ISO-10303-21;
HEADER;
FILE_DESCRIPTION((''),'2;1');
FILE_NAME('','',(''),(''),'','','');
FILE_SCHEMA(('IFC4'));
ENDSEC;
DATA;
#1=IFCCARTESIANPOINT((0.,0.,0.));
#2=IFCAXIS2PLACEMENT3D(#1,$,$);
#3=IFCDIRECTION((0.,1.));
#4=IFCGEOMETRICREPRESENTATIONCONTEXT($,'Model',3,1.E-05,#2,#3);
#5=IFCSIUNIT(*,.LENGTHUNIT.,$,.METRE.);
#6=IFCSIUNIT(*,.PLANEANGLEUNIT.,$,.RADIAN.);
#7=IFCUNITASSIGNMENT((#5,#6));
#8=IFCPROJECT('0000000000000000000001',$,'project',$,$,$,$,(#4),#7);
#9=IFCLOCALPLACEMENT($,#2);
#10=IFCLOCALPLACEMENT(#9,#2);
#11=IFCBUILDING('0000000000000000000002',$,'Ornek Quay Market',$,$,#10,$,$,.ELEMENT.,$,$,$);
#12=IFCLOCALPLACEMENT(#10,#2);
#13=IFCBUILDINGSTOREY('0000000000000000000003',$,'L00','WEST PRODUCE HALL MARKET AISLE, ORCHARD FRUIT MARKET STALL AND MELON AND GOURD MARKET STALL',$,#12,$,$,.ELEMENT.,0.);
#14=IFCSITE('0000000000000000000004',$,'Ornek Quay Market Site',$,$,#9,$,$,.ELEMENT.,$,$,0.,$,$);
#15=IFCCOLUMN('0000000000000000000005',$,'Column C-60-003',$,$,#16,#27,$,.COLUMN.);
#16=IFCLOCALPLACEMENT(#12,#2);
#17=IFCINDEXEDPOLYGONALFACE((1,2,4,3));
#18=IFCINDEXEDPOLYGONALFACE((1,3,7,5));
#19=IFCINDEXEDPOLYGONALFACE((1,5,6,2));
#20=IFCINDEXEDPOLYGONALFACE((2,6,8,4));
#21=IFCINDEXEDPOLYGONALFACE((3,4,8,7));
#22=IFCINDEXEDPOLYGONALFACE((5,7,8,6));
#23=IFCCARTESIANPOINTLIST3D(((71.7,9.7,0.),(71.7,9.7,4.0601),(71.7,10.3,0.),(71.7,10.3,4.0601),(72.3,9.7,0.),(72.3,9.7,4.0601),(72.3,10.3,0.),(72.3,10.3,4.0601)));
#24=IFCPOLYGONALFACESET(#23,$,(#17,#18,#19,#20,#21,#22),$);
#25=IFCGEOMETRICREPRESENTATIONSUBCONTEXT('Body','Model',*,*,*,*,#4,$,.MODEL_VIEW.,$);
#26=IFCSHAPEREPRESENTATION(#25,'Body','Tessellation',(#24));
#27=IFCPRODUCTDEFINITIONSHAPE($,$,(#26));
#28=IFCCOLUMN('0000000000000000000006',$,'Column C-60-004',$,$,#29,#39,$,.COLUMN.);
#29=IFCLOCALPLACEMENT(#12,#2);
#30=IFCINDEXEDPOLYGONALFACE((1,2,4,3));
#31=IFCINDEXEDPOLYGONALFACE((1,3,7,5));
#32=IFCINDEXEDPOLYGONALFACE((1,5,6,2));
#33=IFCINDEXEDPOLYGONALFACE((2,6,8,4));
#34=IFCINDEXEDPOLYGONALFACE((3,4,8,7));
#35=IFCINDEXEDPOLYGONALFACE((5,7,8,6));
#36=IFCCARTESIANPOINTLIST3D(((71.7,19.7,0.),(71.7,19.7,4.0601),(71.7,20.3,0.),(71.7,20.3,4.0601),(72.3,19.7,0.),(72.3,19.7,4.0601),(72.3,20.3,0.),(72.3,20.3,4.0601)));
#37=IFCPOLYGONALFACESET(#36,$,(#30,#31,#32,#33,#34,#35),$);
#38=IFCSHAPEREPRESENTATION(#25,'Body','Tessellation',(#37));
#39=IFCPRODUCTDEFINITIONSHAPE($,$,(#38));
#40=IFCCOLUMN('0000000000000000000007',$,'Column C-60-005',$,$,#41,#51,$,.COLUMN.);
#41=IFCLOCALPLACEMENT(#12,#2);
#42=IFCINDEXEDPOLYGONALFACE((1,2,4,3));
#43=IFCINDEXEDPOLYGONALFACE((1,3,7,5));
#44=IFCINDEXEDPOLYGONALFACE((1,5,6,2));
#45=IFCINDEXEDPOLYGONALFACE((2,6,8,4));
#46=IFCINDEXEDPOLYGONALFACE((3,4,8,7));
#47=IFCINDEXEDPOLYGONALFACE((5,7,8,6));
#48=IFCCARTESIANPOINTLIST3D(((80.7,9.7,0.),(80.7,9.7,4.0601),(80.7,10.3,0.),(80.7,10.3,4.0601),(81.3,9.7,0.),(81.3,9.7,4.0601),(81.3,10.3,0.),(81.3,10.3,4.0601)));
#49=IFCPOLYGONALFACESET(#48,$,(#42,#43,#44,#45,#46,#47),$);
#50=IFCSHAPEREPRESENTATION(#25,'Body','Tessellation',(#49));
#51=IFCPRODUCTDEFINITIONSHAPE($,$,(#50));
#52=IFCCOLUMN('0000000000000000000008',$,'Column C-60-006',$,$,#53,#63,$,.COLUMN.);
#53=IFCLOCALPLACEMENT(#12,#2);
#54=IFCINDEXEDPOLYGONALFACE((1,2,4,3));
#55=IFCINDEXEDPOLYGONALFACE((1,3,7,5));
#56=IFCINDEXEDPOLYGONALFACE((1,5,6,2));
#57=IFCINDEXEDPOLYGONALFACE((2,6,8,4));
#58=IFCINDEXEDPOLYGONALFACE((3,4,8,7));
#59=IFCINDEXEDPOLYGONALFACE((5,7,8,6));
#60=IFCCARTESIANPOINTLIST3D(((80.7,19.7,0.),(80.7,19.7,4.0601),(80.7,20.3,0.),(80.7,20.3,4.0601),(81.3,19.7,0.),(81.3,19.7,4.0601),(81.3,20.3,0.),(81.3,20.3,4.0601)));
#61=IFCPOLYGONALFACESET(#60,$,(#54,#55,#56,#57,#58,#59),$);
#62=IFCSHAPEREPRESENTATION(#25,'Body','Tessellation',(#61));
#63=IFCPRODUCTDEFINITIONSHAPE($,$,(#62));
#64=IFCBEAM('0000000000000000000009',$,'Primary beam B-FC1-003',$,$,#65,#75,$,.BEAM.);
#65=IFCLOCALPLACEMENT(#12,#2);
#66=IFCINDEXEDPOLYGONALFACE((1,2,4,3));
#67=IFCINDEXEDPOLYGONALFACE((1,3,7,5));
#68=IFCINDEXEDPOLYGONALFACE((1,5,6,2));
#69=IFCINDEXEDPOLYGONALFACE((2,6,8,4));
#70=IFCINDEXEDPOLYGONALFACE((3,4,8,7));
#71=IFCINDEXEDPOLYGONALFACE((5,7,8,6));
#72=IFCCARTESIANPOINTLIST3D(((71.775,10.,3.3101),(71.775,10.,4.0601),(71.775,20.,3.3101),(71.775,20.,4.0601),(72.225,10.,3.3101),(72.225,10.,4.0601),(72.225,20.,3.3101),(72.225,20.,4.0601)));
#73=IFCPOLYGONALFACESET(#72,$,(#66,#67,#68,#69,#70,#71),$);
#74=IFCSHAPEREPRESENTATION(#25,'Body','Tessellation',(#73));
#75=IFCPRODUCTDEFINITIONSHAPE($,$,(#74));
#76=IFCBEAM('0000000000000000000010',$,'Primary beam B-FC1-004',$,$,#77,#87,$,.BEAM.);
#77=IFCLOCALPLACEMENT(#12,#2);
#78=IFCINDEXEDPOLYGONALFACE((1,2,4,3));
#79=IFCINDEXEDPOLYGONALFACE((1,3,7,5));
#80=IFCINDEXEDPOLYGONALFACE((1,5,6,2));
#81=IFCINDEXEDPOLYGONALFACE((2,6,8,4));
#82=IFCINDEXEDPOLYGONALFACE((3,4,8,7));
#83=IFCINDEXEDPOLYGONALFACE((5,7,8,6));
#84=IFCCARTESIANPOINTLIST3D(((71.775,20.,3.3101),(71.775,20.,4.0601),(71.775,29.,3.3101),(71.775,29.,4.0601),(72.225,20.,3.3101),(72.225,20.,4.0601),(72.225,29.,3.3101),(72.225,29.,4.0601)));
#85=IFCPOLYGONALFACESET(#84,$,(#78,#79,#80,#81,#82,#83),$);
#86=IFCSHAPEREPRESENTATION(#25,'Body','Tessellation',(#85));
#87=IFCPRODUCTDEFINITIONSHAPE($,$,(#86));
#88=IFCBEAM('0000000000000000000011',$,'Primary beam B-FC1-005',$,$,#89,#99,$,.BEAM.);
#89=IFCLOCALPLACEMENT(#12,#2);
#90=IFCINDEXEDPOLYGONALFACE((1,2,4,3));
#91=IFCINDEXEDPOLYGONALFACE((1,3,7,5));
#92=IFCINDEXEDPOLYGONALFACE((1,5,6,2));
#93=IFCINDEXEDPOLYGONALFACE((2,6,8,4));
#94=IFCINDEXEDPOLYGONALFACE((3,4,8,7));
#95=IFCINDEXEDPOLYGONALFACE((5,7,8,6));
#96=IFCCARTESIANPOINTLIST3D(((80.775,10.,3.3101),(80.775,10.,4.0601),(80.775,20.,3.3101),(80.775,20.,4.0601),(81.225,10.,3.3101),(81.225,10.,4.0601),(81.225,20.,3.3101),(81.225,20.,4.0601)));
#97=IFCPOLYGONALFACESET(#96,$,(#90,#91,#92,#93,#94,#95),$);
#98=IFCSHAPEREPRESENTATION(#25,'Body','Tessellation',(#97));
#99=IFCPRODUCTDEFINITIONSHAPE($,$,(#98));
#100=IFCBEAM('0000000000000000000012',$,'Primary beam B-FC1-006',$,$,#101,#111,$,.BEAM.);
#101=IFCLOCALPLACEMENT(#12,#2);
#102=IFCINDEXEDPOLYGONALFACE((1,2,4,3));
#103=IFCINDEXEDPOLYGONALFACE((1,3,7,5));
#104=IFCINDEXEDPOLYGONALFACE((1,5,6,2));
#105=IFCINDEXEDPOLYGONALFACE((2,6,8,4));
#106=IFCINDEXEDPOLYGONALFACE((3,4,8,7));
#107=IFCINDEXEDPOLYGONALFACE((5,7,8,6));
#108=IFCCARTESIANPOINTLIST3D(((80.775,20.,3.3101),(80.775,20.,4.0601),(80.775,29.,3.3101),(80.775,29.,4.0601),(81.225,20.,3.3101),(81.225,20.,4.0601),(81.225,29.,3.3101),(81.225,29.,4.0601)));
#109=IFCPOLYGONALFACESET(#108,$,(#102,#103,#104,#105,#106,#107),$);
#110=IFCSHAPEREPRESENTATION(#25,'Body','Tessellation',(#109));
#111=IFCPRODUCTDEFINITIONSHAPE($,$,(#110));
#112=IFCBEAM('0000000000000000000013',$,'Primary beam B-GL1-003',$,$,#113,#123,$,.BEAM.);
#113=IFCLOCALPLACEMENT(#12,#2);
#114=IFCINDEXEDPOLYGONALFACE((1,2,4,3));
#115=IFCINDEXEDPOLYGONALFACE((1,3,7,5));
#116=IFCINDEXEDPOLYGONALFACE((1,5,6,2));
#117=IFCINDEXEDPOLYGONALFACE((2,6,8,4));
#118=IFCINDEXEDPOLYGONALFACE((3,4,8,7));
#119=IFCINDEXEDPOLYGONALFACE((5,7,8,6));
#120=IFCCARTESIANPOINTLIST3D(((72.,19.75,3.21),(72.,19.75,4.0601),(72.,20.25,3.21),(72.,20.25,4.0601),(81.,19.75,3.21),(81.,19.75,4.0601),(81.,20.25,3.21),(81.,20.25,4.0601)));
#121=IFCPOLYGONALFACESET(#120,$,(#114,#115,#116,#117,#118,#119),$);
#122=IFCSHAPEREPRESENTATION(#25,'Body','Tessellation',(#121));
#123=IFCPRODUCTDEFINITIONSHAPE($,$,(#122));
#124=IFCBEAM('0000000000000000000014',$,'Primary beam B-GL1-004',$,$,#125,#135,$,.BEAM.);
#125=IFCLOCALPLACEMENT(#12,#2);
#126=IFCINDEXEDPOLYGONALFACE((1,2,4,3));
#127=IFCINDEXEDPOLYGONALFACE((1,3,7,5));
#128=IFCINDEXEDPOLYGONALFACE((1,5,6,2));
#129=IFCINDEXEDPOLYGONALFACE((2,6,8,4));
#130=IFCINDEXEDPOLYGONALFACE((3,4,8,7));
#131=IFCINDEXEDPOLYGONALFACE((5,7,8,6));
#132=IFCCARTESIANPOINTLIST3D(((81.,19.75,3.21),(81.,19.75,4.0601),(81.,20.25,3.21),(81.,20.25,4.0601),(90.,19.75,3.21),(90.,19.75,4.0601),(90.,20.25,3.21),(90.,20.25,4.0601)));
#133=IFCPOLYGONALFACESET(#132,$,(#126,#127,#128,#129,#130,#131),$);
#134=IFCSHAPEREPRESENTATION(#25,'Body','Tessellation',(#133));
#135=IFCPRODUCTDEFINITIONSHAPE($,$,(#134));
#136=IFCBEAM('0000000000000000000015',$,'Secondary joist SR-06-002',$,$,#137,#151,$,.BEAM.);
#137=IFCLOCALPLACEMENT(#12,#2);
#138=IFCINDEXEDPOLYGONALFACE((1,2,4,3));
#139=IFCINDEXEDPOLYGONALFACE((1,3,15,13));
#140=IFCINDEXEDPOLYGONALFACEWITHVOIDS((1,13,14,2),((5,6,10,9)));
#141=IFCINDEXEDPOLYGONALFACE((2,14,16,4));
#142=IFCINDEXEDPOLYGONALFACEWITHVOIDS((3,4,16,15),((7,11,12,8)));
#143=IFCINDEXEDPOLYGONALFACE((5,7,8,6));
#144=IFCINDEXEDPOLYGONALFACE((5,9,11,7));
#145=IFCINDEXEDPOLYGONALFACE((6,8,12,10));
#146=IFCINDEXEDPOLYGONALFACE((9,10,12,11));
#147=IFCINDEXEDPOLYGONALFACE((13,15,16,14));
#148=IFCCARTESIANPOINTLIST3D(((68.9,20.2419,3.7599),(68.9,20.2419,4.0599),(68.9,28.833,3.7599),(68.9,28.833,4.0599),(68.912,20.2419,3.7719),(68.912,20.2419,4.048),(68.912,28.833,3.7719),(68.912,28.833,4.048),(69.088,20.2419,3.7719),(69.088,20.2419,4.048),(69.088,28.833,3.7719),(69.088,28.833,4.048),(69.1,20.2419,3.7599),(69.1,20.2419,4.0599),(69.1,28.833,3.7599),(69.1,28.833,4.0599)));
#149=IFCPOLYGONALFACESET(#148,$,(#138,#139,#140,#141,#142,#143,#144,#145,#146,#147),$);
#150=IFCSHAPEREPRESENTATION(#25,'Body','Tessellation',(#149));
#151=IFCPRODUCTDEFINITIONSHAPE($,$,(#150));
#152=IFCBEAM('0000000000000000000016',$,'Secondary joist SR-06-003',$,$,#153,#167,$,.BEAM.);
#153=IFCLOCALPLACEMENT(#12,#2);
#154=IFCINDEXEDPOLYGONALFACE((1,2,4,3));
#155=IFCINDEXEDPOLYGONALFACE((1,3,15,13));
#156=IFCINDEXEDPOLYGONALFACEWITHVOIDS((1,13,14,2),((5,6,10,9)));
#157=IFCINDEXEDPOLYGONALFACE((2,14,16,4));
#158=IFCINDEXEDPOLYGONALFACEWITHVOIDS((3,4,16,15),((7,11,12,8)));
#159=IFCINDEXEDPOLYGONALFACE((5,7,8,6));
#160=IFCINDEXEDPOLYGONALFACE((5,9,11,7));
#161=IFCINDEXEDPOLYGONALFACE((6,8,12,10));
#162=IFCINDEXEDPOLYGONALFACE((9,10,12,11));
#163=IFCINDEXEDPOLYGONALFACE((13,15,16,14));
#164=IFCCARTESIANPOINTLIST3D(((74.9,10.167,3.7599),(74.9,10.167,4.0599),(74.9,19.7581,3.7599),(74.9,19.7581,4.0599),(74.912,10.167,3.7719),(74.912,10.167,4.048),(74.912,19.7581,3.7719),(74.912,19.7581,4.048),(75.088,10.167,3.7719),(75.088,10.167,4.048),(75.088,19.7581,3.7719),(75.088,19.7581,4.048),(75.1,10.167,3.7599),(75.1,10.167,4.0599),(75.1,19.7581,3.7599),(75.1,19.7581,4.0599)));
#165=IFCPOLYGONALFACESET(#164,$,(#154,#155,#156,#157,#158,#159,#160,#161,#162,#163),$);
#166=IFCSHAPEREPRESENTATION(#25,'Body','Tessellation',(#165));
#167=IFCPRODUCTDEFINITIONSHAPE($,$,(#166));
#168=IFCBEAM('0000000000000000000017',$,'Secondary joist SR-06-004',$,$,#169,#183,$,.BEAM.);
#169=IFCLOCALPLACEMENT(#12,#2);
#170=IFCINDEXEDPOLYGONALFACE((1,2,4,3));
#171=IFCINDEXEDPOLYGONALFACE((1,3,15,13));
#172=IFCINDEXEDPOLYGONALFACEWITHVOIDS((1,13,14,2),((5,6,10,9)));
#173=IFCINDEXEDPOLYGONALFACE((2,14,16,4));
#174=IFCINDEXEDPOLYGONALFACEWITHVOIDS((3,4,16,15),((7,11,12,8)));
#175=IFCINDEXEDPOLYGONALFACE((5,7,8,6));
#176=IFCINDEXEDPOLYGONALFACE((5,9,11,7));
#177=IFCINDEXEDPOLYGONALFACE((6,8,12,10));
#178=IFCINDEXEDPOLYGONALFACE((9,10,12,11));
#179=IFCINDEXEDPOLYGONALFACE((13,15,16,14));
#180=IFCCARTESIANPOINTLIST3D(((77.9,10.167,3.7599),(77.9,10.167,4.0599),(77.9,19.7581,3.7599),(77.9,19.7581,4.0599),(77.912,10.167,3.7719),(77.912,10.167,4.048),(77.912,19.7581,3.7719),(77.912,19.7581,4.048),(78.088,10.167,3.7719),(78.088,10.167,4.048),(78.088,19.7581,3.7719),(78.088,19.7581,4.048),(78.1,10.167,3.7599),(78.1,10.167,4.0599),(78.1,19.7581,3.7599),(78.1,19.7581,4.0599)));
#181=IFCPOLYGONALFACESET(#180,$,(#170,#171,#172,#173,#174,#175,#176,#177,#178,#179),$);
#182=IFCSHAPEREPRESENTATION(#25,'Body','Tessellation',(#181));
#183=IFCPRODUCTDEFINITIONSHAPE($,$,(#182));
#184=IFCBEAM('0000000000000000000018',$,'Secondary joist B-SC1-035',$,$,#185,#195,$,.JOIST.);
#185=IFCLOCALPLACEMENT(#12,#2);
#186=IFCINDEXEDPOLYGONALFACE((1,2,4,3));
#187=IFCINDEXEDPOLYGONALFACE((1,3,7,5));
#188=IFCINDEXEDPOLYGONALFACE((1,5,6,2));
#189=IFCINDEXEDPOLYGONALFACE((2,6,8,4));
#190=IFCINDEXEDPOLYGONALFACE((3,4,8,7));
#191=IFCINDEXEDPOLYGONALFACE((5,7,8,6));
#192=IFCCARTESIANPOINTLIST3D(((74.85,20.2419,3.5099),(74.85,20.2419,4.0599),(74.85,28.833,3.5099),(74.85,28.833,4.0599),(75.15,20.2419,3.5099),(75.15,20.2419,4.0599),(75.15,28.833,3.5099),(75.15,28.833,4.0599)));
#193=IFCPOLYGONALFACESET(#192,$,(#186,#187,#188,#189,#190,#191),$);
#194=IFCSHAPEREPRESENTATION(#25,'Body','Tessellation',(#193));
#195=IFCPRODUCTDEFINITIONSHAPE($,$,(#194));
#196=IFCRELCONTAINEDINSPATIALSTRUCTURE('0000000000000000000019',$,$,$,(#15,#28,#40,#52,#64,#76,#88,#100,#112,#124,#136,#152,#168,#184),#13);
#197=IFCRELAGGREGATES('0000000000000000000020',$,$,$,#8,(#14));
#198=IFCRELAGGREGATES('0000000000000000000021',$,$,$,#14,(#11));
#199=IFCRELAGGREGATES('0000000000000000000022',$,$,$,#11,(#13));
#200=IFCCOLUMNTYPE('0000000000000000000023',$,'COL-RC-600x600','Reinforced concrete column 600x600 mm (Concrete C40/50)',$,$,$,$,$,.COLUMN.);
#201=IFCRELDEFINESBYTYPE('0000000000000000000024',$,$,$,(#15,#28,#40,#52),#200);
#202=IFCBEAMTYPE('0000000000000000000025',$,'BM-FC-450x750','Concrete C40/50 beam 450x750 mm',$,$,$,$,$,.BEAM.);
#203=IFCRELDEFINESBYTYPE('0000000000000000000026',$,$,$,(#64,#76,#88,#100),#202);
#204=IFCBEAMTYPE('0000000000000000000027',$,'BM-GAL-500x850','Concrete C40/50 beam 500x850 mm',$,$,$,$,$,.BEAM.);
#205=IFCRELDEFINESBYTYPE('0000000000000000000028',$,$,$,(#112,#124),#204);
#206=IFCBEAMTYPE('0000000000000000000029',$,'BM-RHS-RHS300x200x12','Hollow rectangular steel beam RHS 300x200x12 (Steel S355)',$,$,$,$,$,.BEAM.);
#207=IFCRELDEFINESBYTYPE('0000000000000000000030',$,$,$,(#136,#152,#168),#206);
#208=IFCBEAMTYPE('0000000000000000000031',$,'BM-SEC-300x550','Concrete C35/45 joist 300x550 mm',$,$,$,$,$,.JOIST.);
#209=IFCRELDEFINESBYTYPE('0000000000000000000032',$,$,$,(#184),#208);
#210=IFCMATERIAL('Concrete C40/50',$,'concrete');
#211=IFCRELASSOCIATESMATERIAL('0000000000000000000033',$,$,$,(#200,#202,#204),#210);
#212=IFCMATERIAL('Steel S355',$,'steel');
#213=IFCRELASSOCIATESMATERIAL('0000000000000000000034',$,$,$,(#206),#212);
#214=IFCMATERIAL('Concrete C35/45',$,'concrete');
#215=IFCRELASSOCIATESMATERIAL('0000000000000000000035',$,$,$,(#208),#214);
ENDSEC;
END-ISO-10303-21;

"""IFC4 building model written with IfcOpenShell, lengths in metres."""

from ifc_helpers import new_model, si_unit, direction, frame, origin, origin_2d, place, context, subcontext, project, spatial, rectangle, hollow_rectangle, extrude, material, material_profile, profile_set, type_object, element, save


model = new_model("IFC4")

# Units and contexts
model_context = context("Model", 3, precision=1e-05, world=origin(), true_north=direction((0.0, 1.0)))
body_context = subcontext(model_context, "Body", "Model", "MODEL_VIEW")
ifc_project = project(units=[si_unit("LENGTHUNIT", "METRE"), si_unit("PLANEANGLEUNIT", "RADIAN")], contexts=[model_context])

# Site, building, storey
site_placement = place(None, origin())
site = spatial("IfcSite", under=ifc_project, at=site_placement, Name="Ornek Quay Market Site", CompositionType="ELEMENT", RefElevation=0.0)
building_placement = place(site_placement, origin())
building = spatial("IfcBuilding", under=site, at=building_placement, Name="Ornek Quay Market", CompositionType="ELEMENT")
storey_placement = place(building_placement, origin())
storey = spatial("IfcBuildingStorey", under=building, at=storey_placement, Name="L00", Description="WEST PRODUCE HALL MARKET AISLE, ORCHARD FRUIT MARKET STALL AND MELON AND GOURD MARKET STALL", CompositionType="ELEMENT", Elevation=0.0)

# Columns
ifc_material_1 = material(Name="Concrete C40/50", Category="concrete")
ifc_material_profile_1 = material_profile(ifc_material_1, rectangle(XDim=0.6001, YDim=0.6001, at=origin_2d()), Name="RC 600x600", Category="concrete")
ifc_profile_set_1 = profile_set([ifc_material_profile_1], Name="Concrete C40/50")
column_type = type_object("IfcColumnType", Name="COL-RC-600x600", Description="Reinforced concrete column 600x600 mm (Concrete C40/50)", PredefinedType="COLUMN", material=ifc_profile_set_1)
for number, where, z_axis, x_axis, name in (
    (1, (72.0, 10.0, 0.0), (0.0, 0.0, 1.0), (1.0, 0.0, 0.0), "Column C-60-003"),
    (2, (72.0, 20.0, 0.0), (0.0, 0.0, 1.0), (1.0, 0.0, 0.0), "Column C-60-004"),
    (3, (81.0, 10.0, 0.0), (0.0, 0.0, 1.0), (1.0, 0.0, 0.0), "Column C-60-005"),
    (4, (81.0, 20.0, 0.0), (0.0, 0.0, 1.0), (1.0, 0.0, 0.0), "Column C-60-006"),
):
    element("IfcColumn", number, at=place(storey_placement, frame(where, z_axis=z_axis, x_axis=x_axis)), inside=storey, type_object=column_type, Name=name, PredefinedType="COLUMN", context=body_context, shape_type="SweptSolid", body=[
        extrude(rectangle(XDim=0.6001, YDim=0.6001, at=origin_2d()), origin(), (0.0, 0.0, 1.0), 4.0601),
    ])

# Beams
ifc_material_profile_2 = material_profile(ifc_material_1, rectangle(XDim=0.45, YDim=0.75, at=origin_2d()), Name="RC 450x750", Category="concrete")
ifc_profile_set_2 = profile_set([ifc_material_profile_2], Name="Concrete C40/50")
beam_type_1 = type_object("IfcBeamType", Name="BM-FC-450x750", Description="Concrete C40/50 beam 450x750 mm", PredefinedType="BEAM", material=ifc_profile_set_2)
beam_1_placement = place(storey_placement, frame((72.0, 10.0, 3.6851), z_axis=(0.0, 1.0, 0.0), x_axis=(-1.0, 0.0, 0.0)))
element("IfcBeam", 5, at=beam_1_placement, inside=storey, type_object=beam_type_1, Name="Primary beam B-FC1-003", PredefinedType="BEAM", context=body_context, shape_type="SweptSolid", body=[
    extrude(rectangle(XDim=0.45, YDim=0.75, at=origin_2d()), origin(), (0.0, 0.0, 1.0), 10.0),
])
beam_2_placement = place(storey_placement, frame((72.0, 20.0, 3.6851), z_axis=(0.0, 1.0, 0.0), x_axis=(-1.0, 0.0, 0.0)))
element("IfcBeam", 6, at=beam_2_placement, inside=storey, type_object=beam_type_1, Name="Primary beam B-FC1-004", PredefinedType="BEAM", context=body_context, shape_type="SweptSolid", body=[
    extrude(rectangle(XDim=0.45, YDim=0.75, at=origin_2d()), origin(), (0.0, 0.0, 1.0), 9.0),
])
beam_3_placement = place(storey_placement, frame((81.0, 10.0, 3.6851), z_axis=(0.0, 1.0, 0.0), x_axis=(-1.0, 0.0, 0.0)))
element("IfcBeam", 7, at=beam_3_placement, inside=storey, type_object=beam_type_1, Name="Primary beam B-FC1-005", PredefinedType="BEAM", context=body_context, shape_type="SweptSolid", body=[
    extrude(rectangle(XDim=0.45, YDim=0.75, at=origin_2d()), origin(), (0.0, 0.0, 1.0), 10.0),
])
beam_4_placement = place(storey_placement, frame((81.0, 20.0, 3.6851), z_axis=(0.0, 1.0, 0.0), x_axis=(-1.0, 0.0, 0.0)))
element("IfcBeam", 8, at=beam_4_placement, inside=storey, type_object=beam_type_1, Name="Primary beam B-FC1-006", PredefinedType="BEAM", context=body_context, shape_type="SweptSolid", body=[
    extrude(rectangle(XDim=0.45, YDim=0.75, at=origin_2d()), origin(), (0.0, 0.0, 1.0), 9.0),
])
ifc_material_profile_3 = material_profile(ifc_material_1, rectangle(XDim=0.5, YDim=0.8501, at=origin_2d()), Name="RC 500x850", Category="concrete")
ifc_profile_set_3 = profile_set([ifc_material_profile_3], Name="Concrete C40/50")
beam_type_2 = type_object("IfcBeamType", Name="BM-GAL-500x850", Description="Concrete C40/50 beam 500x850 mm", PredefinedType="BEAM", material=ifc_profile_set_3)
for number, where, z_axis, x_axis, name in (
    (9, (72.0, 20.0, 3.635), (1.0, 0.0, 0.0), (0.0, 1.0, 0.0), "Primary beam B-GL1-003"),
    (10, (81.0, 20.0, 3.635), (1.0, 0.0, 0.0), (0.0, 1.0, 0.0), "Primary beam B-GL1-004"),
):
    element("IfcBeam", number, at=place(storey_placement, frame(where, z_axis=z_axis, x_axis=x_axis)), inside=storey, type_object=beam_type_2, Name=name, PredefinedType="BEAM", context=body_context, shape_type="SweptSolid", body=[
        extrude(rectangle(XDim=0.5, YDim=0.8501, at=origin_2d()), origin(), (0.0, 0.0, 1.0), 9.0),
    ])
ifc_material_2 = material(Name="Steel S355", Category="steel")
ifc_material_profile_4 = material_profile(ifc_material_2, hollow_rectangle(XDim=0.2, YDim=0.3, WallThickness=0.012, at=origin_2d()), Name="RHS 300x200x12", Category="steel")
ifc_profile_set_4 = profile_set([ifc_material_profile_4], Name="Steel S355")
beam_type_3 = type_object("IfcBeamType", Name="BM-RHS-RHS300x200x12", Description="Hollow rectangular steel beam RHS 300x200x12 (Steel S355)", PredefinedType="BEAM", material=ifc_profile_set_4)
beam_5_placement = place(storey_placement, frame((69.0, 20.2419, 3.9099), z_axis=(0.0, 1.0, 0.0), x_axis=(-1.0, 0.0, 0.0)))
element("IfcBeam", 11, at=beam_5_placement, inside=storey, type_object=beam_type_3, Name="Secondary joist SR-06-002", PredefinedType="BEAM", context=body_context, shape_type="SweptSolid", body=[
    extrude(hollow_rectangle(XDim=0.2, YDim=0.3, WallThickness=0.012, at=origin_2d()), origin(), (0.0, 0.0, 1.0), 8.5911),
])
for number, where, z_axis, x_axis, name in (
    (12, (75.0, 10.167, 3.9099), (0.0, 1.0, 0.0), (-1.0, 0.0, 0.0), "Secondary joist SR-06-003"),
    (13, (78.0, 10.167, 3.9099), (0.0, 1.0, 0.0), (-1.0, 0.0, 0.0), "Secondary joist SR-06-004"),
):
    element("IfcBeam", number, at=place(storey_placement, frame(where, z_axis=z_axis, x_axis=x_axis)), inside=storey, type_object=beam_type_3, Name=name, PredefinedType="BEAM", context=body_context, shape_type="SweptSolid", body=[
        extrude(hollow_rectangle(XDim=0.2, YDim=0.3, WallThickness=0.012, at=origin_2d()), origin(), (0.0, 0.0, 1.0), 9.5911),
    ])
ifc_material_3 = material(Name="Concrete C35/45", Category="concrete")
ifc_material_profile_5 = material_profile(ifc_material_3, rectangle(XDim=0.3, YDim=0.55, at=origin_2d()), Name="RC 300x550", Category="concrete")
ifc_profile_set_5 = profile_set([ifc_material_profile_5], Name="Concrete C35/45")
beam_type_4 = type_object("IfcBeamType", Name="BM-SEC-300x550", Description="Concrete C35/45 joist 300x550 mm", PredefinedType="JOIST", material=ifc_profile_set_5)
for number, where, z_axis, x_axis, name in (
    (14, (75.0, 20.2419, 3.7849), (0.0, 1.0, 0.0), (-1.0, 0.0, 0.0), "Secondary joist B-SC1-035"),
):
    element("IfcBeam", number, at=place(storey_placement, frame(where, z_axis=z_axis, x_axis=x_axis)), inside=storey, type_object=beam_type_4, Name=name, PredefinedType="JOIST", context=body_context, shape_type="SweptSolid", body=[
        extrude(rectangle(XDim=0.3, YDim=0.55, at=origin_2d()), origin(), (0.0, 0.0, 1.0), 8.5911),
    ])

save(model, "model.ifc")
